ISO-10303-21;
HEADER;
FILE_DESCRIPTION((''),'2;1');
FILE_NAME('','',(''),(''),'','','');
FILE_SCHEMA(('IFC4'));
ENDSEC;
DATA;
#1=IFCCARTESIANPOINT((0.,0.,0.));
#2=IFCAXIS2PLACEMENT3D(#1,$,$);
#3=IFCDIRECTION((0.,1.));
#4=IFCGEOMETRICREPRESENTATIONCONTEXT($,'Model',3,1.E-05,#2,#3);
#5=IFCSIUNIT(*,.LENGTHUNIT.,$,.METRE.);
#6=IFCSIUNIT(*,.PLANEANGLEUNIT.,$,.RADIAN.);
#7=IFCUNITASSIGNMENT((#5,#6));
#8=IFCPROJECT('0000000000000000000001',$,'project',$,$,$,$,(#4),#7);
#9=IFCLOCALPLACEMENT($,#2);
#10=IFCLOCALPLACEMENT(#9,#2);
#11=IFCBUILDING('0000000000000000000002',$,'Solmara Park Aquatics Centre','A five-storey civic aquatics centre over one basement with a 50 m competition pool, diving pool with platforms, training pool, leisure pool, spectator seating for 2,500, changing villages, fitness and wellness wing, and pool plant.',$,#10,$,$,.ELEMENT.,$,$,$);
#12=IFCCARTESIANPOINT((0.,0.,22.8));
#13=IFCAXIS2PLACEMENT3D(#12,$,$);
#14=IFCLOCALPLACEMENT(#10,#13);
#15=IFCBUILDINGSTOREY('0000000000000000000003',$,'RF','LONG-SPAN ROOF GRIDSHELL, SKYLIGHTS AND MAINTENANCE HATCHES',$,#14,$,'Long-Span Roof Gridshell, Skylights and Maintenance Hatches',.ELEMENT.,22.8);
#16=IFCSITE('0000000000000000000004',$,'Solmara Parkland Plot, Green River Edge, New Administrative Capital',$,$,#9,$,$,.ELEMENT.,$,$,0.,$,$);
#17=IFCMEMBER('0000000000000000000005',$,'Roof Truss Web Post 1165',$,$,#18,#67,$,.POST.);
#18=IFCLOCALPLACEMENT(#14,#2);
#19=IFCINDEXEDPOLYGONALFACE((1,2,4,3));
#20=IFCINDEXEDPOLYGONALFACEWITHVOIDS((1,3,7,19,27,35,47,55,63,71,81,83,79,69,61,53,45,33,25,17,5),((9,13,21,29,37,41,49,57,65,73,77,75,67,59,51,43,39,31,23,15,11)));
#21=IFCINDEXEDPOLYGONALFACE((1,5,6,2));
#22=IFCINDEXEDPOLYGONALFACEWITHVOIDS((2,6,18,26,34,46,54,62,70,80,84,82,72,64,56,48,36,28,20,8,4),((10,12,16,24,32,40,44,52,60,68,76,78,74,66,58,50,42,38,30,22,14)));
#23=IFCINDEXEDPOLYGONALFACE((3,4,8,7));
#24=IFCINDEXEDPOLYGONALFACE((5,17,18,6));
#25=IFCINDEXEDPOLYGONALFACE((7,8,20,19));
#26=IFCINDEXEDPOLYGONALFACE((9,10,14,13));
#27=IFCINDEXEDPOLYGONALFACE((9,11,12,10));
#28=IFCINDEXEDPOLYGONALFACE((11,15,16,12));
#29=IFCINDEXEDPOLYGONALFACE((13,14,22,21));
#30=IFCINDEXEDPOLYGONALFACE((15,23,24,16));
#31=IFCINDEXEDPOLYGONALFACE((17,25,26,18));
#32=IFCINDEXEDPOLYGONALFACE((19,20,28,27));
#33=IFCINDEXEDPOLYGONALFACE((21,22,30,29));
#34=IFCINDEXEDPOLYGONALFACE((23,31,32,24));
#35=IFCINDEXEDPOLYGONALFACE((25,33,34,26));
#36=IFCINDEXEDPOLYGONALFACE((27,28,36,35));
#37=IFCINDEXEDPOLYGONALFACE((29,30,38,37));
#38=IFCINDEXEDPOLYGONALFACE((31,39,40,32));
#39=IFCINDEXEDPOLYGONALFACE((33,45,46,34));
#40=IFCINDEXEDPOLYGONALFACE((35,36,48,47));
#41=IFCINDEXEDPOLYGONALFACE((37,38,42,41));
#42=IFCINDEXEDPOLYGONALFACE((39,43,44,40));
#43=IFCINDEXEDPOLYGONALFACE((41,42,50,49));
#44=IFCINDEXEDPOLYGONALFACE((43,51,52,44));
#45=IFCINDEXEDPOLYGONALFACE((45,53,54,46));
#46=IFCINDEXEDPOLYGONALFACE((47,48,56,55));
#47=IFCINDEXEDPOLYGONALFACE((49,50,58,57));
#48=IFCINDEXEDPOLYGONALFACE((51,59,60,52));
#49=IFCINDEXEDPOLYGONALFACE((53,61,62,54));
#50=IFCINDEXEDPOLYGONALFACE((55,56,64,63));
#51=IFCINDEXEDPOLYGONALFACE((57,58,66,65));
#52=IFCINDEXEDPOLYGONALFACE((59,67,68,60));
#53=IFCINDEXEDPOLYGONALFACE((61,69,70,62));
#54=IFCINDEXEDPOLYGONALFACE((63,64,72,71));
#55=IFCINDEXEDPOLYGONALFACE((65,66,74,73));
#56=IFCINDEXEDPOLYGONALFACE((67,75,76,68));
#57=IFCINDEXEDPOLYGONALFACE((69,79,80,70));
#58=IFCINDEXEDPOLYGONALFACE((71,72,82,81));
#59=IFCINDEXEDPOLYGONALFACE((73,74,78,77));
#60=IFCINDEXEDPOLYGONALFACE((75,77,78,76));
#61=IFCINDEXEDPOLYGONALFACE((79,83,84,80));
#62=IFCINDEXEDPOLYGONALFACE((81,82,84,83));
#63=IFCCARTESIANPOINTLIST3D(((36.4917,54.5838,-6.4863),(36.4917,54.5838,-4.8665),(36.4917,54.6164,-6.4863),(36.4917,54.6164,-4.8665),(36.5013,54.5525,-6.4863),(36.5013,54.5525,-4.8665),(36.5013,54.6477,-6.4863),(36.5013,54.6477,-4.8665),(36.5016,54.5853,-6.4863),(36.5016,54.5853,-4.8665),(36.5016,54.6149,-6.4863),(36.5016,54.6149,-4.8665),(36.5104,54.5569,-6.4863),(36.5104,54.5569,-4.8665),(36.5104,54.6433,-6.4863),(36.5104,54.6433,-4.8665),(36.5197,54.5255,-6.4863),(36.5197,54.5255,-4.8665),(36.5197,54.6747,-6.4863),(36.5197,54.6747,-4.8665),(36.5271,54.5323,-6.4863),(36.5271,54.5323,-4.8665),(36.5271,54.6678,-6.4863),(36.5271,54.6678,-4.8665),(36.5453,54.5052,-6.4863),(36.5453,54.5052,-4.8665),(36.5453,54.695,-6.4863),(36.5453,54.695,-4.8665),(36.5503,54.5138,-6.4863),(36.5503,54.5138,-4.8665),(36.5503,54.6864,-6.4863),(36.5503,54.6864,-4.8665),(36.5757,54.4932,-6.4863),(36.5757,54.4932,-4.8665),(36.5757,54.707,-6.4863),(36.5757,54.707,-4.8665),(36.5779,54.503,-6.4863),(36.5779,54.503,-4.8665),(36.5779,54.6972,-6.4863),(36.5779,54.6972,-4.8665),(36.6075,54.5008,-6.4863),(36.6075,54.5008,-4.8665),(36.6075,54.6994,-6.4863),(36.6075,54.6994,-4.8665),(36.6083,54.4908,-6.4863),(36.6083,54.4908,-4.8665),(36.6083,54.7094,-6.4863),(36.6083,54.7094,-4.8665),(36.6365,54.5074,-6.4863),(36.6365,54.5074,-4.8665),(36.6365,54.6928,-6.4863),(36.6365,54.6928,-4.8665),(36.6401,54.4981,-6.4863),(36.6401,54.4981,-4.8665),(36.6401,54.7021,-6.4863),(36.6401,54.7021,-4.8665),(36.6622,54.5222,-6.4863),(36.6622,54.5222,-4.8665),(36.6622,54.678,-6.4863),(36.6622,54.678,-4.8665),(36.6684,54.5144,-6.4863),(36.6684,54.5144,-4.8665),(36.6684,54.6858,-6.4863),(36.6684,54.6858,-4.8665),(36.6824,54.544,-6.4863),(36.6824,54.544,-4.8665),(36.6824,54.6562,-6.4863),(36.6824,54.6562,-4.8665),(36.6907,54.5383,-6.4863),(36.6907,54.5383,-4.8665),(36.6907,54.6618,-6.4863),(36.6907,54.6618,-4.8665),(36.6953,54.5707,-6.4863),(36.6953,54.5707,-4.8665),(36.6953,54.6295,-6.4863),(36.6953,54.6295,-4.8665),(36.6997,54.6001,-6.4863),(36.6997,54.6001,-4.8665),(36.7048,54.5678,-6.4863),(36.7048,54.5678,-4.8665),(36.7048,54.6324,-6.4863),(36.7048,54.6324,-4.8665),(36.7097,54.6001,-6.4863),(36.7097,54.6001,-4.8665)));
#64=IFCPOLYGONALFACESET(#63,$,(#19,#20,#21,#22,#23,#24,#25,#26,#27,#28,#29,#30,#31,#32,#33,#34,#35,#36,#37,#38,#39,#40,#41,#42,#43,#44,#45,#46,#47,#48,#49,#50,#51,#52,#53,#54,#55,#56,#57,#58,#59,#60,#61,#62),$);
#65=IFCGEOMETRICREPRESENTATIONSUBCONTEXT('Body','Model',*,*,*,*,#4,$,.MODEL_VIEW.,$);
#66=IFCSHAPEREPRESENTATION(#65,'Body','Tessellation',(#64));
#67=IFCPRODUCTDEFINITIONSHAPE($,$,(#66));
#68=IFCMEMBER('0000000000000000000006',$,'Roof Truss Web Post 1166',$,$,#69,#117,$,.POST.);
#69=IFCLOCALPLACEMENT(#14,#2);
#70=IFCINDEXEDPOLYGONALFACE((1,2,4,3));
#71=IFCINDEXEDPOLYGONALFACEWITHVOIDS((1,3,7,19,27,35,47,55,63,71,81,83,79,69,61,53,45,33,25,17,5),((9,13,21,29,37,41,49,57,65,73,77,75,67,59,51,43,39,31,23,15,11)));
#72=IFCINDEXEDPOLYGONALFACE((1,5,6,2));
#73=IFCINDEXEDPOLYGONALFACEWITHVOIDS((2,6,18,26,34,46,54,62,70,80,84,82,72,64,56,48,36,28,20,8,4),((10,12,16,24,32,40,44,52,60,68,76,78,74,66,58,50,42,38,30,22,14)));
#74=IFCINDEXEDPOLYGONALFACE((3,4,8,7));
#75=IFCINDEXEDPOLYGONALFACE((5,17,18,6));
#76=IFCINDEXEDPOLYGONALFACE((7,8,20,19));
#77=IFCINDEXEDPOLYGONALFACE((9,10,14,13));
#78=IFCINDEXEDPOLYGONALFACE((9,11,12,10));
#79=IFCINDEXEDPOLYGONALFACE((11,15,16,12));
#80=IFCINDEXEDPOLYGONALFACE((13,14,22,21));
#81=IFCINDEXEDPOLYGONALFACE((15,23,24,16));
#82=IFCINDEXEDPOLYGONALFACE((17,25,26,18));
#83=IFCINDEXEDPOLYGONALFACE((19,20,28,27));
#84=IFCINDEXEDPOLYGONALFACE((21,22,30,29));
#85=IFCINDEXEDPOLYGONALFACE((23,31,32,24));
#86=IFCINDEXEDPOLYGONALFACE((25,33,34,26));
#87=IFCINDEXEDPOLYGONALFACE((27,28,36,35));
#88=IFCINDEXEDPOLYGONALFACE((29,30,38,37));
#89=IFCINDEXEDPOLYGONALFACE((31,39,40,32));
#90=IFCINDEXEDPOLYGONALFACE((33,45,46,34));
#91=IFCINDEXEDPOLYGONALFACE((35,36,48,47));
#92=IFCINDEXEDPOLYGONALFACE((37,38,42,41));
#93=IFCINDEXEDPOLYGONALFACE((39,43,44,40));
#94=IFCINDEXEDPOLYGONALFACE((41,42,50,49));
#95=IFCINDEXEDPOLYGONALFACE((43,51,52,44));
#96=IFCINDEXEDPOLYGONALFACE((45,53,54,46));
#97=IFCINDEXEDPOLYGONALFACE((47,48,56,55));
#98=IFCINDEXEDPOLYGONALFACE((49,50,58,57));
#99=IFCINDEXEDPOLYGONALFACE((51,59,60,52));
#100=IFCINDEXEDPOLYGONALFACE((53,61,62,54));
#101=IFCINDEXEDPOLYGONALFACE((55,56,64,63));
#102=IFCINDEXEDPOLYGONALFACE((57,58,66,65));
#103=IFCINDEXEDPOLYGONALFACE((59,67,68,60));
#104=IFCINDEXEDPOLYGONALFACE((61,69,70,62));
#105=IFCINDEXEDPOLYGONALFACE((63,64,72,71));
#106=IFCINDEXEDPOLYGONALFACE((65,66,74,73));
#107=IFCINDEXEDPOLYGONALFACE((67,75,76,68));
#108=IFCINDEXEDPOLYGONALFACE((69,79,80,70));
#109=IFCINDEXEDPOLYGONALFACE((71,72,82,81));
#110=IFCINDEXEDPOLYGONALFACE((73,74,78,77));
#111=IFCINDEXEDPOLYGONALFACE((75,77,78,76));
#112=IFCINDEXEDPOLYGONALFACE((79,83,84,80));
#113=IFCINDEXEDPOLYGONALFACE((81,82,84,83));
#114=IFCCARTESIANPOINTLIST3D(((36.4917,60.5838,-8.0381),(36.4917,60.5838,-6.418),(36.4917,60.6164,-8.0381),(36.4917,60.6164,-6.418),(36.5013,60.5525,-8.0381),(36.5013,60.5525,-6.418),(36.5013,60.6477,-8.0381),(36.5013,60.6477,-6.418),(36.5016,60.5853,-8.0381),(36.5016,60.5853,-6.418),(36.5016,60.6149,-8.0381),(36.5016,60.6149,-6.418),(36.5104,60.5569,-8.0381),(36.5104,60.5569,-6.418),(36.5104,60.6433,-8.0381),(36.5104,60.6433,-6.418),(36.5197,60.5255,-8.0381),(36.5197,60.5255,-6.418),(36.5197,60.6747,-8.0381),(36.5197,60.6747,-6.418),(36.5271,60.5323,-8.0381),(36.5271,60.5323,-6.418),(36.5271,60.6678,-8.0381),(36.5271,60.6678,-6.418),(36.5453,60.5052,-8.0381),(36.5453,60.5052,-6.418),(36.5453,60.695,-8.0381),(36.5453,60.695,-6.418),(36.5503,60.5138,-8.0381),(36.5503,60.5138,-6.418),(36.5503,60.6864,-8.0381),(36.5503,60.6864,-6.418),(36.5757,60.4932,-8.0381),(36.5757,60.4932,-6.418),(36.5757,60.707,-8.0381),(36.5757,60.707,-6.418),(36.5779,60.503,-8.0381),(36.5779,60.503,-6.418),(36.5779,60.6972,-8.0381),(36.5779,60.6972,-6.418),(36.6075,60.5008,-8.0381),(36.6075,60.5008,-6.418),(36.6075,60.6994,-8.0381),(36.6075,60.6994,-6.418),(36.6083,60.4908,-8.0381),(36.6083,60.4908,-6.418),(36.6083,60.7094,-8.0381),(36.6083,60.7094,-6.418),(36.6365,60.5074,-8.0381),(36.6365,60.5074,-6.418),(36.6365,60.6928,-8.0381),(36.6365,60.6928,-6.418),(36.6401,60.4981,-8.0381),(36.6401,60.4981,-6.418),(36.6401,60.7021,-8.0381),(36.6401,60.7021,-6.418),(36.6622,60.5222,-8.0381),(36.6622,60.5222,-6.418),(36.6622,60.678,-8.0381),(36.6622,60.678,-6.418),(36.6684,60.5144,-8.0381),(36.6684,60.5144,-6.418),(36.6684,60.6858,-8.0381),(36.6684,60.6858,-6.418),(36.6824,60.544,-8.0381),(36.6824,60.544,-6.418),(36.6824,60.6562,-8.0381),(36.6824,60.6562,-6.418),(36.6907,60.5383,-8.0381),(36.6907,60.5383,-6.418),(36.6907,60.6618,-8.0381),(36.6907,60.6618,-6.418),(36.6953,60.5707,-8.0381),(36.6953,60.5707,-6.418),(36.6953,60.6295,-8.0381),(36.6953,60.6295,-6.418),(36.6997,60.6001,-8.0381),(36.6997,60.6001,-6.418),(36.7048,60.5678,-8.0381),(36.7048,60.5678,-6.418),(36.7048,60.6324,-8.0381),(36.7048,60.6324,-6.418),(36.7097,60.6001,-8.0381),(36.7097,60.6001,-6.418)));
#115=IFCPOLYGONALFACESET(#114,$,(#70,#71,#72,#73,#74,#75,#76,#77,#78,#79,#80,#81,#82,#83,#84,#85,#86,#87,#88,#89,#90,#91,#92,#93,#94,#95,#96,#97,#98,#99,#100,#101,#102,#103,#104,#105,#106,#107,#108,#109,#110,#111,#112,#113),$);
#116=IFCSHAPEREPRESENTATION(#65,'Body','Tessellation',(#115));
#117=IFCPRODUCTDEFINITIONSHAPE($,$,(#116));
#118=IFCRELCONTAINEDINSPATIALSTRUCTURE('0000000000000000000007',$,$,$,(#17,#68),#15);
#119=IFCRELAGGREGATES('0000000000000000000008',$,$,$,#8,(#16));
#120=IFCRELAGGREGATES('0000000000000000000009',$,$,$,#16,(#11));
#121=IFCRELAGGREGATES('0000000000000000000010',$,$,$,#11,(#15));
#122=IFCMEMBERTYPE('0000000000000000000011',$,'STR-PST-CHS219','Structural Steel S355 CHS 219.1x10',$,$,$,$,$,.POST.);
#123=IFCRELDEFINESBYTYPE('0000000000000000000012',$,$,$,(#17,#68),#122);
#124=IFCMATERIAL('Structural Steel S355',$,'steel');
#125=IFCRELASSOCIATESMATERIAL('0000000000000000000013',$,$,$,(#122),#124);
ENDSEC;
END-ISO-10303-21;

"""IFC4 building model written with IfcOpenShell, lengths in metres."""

from ifc_helpers import new_model, si_unit, direction, frame, origin, origin_2d, place, context, subcontext, project, spatial, hollow_circle, extrude, material, material_profile, profile_set, type_object, element, save


model = new_model("IFC4")

# Units and contexts
model_context = context("Model", 3, precision=1e-05, world=origin(), true_north=direction((0.0, 1.0)))
body_context = subcontext(model_context, "Body", "Model", "MODEL_VIEW")
ifc_project = project(units=[si_unit("LENGTHUNIT", "METRE"), si_unit("PLANEANGLEUNIT", "RADIAN")], contexts=[model_context])

# Site, building, storey
site_placement = place(None, origin())
site = spatial("IfcSite", under=ifc_project, at=site_placement, Name="Solmara Parkland Plot, Green River Edge, New Administrative Capital", CompositionType="ELEMENT", RefElevation=0.0)
building_placement = place(site_placement, origin())
building = spatial("IfcBuilding", under=site, at=building_placement, Name="Solmara Park Aquatics Centre", Description="A five-storey civic aquatics centre over one basement with a 50 m competition pool, diving pool with platforms, training pool, leisure pool, spectator seating for 2,500, changing villages, fitness and wellness wing, and pool plant.", CompositionType="ELEMENT")
storey_placement = place(building_placement, frame((0.0, 0.0, 22.8)))
storey = spatial("IfcBuildingStorey", under=building, at=storey_placement, Name="RF", Description="LONG-SPAN ROOF GRIDSHELL, SKYLIGHTS AND MAINTENANCE HATCHES", LongName="Long-Span Roof Gridshell, Skylights and Maintenance Hatches", CompositionType="ELEMENT", Elevation=22.8)

# Members
ifc_material_1 = material(Name="Structural Steel S355", Category="steel")
ifc_material_profile_1 = material_profile(ifc_material_1, hollow_circle(Radius=0.1096, WallThickness=0.01, at=origin_2d()), Name="CHS 219.1x10")
ifc_profile_set_1 = profile_set([ifc_material_profile_1], Name="Structural Steel S355")
member_type_1 = type_object("IfcMemberType", Name="STR-PST-CHS219", Description="Structural Steel S355 CHS 219.1x10", PredefinedType="POST", material=ifc_profile_set_1)
member_1_placement = place(storey_placement, frame((36.6001, 54.6001, -6.4863), z_axis=(0.0, 0.0, 1.0), x_axis=(1.0, 0.0, 0.0)))
element("IfcMember", 1, at=member_1_placement, inside=storey, type_object=member_type_1, Name="Roof Truss Web Post 1165", PredefinedType="POST", context=body_context, shape_type="SweptSolid", body=[
    extrude(hollow_circle(Radius=0.1096, WallThickness=0.01, at=origin_2d()), origin(), (0.0, 0.0, 1.0), 1.6199),
])
member_2_placement = place(storey_placement, frame((36.6001, 60.6001, -8.0381), z_axis=(0.0, 0.0, 1.0), x_axis=(1.0, 0.0, 0.0)))
element("IfcMember", 2, at=member_2_placement, inside=storey, type_object=member_type_1, Name="Roof Truss Web Post 1166", PredefinedType="POST", context=body_context, shape_type="SweptSolid", body=[
    extrude(hollow_circle(Radius=0.1096, WallThickness=0.01, at=origin_2d()), origin(), (0.0, 0.0, 1.0), 1.6201),
])

save(model, "model.ifc")
